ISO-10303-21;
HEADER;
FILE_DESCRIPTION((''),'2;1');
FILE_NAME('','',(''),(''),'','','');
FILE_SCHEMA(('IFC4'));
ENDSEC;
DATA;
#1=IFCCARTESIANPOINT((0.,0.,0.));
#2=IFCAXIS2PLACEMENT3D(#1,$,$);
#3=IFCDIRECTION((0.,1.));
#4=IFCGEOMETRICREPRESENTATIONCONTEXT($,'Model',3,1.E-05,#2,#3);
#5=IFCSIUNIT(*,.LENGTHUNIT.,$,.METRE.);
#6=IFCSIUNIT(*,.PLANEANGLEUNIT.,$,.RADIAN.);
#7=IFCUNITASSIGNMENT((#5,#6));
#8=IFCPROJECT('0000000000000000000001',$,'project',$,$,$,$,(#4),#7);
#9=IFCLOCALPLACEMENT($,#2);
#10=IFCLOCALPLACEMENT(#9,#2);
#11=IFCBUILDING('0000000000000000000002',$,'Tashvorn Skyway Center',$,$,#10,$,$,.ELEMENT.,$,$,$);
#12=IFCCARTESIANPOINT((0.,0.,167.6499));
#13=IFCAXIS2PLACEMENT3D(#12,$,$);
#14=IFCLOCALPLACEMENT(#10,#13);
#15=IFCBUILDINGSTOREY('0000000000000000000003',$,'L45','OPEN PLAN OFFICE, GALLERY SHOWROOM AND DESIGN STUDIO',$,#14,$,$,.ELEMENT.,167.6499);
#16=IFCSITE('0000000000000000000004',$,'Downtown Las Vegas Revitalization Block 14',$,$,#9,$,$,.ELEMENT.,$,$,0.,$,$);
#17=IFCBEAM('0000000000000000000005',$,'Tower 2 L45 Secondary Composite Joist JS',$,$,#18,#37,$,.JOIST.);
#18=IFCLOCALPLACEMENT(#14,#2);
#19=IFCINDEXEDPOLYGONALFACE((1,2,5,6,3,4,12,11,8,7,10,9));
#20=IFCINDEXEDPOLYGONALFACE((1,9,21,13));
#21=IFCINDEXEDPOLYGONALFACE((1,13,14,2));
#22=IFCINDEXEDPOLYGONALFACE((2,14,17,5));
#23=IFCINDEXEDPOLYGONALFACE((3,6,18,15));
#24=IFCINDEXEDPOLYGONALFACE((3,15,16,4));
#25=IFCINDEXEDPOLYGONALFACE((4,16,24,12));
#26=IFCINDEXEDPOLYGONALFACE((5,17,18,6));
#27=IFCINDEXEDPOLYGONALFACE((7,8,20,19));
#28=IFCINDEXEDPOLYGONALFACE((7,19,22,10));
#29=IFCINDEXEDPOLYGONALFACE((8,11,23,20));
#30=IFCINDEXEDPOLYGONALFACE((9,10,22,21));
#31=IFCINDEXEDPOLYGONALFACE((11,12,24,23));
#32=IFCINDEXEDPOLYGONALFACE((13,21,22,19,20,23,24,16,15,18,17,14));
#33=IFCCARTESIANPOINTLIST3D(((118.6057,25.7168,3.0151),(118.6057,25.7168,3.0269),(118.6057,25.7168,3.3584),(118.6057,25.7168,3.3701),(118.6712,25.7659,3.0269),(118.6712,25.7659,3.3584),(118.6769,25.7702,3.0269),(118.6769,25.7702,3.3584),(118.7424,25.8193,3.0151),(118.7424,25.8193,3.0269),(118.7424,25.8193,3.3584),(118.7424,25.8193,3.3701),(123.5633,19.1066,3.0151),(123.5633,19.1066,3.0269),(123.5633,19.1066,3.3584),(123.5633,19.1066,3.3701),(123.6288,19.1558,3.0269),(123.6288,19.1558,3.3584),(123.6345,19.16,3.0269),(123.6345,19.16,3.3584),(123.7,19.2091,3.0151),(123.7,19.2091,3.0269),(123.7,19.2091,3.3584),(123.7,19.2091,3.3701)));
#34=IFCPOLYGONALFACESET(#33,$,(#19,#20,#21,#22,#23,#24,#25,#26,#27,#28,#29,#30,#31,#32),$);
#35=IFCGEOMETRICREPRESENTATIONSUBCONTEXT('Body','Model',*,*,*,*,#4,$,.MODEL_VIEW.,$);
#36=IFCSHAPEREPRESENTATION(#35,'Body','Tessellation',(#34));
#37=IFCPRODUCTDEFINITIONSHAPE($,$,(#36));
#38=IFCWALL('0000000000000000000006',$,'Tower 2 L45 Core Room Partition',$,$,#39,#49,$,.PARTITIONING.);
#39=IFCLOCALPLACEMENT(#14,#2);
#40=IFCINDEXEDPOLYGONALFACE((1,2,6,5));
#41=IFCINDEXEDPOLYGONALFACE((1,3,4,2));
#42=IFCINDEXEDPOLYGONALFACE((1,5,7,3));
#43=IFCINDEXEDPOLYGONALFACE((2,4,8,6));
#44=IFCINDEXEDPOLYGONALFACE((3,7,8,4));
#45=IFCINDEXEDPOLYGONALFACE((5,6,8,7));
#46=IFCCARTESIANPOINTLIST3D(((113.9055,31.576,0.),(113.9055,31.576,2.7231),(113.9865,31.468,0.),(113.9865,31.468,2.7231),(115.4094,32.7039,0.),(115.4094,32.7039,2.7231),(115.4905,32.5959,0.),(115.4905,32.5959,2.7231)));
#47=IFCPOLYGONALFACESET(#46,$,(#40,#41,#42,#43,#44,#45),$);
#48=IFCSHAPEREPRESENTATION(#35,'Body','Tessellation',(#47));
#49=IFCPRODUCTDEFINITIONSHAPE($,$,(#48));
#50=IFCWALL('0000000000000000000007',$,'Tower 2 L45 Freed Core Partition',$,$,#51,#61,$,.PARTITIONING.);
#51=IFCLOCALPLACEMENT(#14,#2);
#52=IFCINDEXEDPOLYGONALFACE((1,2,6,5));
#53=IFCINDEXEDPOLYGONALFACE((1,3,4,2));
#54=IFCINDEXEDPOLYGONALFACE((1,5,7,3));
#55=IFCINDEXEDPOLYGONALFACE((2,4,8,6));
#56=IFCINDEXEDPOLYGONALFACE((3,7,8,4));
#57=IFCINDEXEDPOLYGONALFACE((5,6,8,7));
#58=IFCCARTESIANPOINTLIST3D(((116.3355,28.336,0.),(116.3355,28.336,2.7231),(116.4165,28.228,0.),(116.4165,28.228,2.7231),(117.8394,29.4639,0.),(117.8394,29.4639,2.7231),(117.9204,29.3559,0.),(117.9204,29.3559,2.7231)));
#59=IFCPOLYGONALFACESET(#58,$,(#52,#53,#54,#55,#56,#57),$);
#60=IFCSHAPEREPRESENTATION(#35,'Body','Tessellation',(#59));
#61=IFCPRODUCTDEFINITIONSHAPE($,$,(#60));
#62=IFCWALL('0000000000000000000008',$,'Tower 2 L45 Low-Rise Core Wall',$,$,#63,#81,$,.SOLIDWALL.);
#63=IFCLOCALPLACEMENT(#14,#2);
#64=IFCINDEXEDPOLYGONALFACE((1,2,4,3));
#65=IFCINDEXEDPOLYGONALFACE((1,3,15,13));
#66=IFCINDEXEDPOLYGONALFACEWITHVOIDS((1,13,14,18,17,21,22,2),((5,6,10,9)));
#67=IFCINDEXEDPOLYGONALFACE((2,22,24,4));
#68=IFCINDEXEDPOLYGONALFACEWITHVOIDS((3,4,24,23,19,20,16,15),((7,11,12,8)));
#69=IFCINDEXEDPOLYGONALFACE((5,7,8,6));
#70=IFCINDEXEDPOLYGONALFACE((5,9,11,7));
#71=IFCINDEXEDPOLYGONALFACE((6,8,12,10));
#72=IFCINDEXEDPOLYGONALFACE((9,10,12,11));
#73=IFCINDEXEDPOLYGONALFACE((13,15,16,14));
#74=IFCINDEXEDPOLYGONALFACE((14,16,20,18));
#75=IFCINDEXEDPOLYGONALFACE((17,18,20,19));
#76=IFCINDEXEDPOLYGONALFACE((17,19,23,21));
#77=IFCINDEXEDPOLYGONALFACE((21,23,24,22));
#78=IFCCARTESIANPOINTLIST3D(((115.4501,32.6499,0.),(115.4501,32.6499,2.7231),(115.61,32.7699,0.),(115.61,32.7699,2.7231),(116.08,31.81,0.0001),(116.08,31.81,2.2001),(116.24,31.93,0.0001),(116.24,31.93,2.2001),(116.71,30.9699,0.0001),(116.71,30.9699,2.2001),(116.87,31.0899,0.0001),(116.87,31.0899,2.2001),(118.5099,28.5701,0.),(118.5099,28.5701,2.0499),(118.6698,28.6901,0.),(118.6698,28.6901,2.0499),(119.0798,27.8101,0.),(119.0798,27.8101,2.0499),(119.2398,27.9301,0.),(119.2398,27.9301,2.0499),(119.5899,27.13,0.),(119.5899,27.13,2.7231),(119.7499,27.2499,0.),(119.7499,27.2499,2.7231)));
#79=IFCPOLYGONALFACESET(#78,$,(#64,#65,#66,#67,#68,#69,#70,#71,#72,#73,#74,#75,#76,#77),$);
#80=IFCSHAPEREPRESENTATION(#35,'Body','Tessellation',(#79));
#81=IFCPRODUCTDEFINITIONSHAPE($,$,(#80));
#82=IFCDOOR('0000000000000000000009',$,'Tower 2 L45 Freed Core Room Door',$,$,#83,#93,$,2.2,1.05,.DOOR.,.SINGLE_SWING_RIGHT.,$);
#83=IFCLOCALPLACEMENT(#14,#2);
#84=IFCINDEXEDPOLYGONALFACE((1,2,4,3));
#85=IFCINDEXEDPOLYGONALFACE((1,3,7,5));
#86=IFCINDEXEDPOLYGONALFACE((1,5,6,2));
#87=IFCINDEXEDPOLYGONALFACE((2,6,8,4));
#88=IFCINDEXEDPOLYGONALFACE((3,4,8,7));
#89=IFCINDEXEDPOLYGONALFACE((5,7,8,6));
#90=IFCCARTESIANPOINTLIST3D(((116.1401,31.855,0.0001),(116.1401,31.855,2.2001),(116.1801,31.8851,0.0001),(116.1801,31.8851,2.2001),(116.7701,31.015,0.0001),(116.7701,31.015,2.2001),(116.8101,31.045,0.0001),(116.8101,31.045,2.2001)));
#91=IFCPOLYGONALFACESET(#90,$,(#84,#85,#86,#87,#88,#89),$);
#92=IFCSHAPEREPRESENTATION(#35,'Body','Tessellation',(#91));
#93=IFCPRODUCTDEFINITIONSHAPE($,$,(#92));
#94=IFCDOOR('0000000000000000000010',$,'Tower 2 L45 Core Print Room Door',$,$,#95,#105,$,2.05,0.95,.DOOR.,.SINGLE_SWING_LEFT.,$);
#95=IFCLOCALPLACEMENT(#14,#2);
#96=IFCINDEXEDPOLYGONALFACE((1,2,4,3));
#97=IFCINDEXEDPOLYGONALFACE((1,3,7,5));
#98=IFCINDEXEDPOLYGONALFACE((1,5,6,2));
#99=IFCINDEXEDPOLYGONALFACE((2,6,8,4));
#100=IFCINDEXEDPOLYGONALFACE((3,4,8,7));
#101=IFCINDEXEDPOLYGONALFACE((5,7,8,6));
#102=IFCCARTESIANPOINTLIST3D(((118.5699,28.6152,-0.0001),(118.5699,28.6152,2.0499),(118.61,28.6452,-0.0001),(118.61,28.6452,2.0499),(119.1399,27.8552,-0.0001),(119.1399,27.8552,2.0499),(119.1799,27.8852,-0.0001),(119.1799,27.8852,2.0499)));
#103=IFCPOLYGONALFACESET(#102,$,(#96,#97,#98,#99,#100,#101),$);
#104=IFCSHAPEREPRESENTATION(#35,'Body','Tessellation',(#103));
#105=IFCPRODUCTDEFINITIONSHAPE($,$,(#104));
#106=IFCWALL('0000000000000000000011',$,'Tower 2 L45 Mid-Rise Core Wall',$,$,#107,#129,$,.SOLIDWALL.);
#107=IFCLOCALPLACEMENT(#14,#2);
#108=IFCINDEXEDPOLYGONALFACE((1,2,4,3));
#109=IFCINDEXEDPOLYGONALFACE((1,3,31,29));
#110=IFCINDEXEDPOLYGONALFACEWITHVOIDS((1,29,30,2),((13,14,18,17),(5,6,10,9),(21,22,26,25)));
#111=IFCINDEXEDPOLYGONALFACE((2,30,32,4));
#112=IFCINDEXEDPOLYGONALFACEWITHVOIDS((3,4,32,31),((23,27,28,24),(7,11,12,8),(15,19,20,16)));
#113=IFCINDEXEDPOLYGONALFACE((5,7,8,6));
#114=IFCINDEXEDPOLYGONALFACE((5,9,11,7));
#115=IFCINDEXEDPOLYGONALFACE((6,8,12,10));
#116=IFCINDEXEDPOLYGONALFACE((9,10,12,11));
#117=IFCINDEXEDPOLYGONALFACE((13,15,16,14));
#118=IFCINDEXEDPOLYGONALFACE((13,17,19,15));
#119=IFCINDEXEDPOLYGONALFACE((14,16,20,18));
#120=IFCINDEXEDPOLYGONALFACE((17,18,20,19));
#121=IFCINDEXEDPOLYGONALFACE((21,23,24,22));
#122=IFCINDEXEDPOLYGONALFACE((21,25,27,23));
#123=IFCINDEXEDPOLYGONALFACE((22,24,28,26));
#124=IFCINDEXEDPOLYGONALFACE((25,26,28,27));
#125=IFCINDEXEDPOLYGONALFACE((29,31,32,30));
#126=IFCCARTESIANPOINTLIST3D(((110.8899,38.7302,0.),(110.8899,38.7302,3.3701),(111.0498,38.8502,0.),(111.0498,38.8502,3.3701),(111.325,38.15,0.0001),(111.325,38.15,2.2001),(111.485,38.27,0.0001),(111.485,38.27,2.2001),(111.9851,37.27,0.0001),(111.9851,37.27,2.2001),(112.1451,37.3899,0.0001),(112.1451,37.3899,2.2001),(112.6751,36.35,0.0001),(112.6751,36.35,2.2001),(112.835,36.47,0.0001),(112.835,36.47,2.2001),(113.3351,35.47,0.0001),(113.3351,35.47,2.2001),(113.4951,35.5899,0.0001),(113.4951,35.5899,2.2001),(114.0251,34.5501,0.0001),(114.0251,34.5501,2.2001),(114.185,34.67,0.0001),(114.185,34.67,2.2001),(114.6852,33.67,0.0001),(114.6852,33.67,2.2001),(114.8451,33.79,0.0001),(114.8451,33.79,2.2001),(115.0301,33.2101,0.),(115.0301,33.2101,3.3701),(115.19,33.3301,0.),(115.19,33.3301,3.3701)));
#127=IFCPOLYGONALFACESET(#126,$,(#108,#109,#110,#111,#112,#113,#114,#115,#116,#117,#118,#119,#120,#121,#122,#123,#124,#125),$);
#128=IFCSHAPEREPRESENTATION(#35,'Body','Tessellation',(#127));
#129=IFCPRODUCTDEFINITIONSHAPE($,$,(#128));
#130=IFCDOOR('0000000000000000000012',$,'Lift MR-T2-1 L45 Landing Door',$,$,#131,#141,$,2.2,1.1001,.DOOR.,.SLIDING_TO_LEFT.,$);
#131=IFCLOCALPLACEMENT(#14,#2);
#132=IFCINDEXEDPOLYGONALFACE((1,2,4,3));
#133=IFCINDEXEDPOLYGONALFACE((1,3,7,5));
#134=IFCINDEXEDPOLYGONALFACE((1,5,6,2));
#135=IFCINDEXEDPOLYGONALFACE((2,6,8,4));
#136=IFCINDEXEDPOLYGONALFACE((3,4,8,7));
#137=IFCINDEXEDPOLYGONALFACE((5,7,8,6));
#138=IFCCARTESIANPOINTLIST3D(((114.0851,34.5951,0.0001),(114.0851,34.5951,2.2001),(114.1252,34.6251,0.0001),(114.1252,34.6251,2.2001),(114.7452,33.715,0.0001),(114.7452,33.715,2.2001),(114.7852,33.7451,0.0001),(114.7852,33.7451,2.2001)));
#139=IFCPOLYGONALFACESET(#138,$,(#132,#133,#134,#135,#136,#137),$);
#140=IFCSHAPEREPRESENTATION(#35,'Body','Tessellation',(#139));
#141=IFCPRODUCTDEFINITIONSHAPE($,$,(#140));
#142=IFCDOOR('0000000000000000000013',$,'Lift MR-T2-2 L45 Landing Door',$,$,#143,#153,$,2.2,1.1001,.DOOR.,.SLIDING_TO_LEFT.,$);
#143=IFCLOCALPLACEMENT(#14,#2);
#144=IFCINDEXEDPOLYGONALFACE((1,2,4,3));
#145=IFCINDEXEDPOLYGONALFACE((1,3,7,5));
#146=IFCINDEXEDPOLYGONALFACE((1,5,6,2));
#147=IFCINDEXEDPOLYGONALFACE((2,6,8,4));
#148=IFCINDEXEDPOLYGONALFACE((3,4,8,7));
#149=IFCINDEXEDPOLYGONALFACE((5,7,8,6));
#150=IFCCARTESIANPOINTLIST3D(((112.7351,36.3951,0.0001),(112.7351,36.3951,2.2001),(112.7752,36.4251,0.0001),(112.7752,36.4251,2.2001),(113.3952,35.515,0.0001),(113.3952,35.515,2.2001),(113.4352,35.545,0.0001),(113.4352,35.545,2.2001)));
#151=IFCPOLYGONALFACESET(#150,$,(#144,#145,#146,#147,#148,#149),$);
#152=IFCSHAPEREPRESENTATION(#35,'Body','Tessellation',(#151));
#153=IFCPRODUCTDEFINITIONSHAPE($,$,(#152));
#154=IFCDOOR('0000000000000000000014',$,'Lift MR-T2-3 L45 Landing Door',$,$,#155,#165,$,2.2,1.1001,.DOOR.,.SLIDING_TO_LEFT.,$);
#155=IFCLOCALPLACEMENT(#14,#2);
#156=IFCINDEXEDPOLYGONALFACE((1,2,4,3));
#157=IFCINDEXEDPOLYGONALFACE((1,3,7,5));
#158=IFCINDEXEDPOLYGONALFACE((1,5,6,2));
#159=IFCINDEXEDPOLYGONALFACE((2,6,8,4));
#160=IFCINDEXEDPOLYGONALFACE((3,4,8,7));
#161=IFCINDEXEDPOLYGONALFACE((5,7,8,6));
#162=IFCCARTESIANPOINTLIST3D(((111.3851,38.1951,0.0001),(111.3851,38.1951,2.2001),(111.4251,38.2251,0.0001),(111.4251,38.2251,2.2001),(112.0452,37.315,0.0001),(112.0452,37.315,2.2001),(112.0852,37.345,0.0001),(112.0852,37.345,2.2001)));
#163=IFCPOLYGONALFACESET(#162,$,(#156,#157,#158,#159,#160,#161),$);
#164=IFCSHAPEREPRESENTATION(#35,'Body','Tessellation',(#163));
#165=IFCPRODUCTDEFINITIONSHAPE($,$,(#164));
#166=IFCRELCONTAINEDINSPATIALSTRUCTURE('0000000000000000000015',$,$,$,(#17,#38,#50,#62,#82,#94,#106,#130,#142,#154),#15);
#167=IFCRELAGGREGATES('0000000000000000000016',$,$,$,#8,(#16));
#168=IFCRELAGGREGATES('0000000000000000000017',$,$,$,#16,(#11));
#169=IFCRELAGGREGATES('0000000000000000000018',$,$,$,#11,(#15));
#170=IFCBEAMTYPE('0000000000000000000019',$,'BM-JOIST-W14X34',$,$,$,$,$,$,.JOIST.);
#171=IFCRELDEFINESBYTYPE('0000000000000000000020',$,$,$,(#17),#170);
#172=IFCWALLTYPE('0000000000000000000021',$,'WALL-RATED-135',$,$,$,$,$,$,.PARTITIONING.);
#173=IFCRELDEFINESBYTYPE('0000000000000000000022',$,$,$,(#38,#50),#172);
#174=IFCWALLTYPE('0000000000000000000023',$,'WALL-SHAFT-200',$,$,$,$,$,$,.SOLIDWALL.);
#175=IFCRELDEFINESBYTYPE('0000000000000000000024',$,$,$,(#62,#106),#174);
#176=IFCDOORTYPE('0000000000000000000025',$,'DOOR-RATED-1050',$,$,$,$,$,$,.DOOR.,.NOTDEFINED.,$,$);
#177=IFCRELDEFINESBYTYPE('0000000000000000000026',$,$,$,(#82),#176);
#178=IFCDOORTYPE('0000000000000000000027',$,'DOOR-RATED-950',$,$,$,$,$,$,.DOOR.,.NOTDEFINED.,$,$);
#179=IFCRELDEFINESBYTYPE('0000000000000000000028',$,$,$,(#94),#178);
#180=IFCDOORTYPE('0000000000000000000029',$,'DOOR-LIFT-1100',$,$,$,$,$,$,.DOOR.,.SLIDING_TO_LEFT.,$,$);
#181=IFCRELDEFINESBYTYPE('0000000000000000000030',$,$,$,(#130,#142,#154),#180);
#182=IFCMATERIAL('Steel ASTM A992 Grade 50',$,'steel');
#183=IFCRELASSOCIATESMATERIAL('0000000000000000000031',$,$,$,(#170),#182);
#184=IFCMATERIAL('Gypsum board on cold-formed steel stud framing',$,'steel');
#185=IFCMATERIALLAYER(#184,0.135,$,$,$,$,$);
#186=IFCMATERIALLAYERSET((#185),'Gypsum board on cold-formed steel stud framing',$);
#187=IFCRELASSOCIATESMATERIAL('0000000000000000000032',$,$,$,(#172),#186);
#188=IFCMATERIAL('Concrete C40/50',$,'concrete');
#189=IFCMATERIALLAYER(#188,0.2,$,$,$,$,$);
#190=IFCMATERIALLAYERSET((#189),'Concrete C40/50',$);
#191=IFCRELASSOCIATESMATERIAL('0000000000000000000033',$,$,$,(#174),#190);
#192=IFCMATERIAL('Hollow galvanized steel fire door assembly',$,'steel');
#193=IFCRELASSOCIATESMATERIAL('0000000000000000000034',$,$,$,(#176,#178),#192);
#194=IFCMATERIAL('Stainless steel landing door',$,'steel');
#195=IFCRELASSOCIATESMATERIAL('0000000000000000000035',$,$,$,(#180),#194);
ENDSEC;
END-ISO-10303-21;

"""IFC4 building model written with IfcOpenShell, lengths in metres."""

from ifc_helpers import new_model, si_unit, direction, frame, frame_2d, origin, origin_2d, place, context, subcontext, project, spatial, rectangle, i_section, extrude, material, layer, layer_set, material_profile, profile_set, type_object, element, fill, save


model = new_model("IFC4")

# Units and contexts
model_context = context("Model", 3, precision=1e-05, world=origin(), true_north=direction((0.0, 1.0)))
body_context = subcontext(model_context, "Body", "Model", "MODEL_VIEW")
ifc_project = project(units=[si_unit("LENGTHUNIT", "METRE"), si_unit("PLANEANGLEUNIT", "RADIAN")], contexts=[model_context])

# Site, building, storey
site_placement = place(None, origin())
site = spatial("IfcSite", under=ifc_project, at=site_placement, Name="Downtown Las Vegas Revitalization Block 14", CompositionType="ELEMENT", RefElevation=0.0)
building_placement = place(site_placement, origin())
building = spatial("IfcBuilding", under=site, at=building_placement, Name="Tashvorn Skyway Center", CompositionType="ELEMENT")
storey_placement = place(building_placement, frame((0.0, 0.0, 167.6499)))
storey = spatial("IfcBuildingStorey", under=building, at=storey_placement, Name="L45", Description="OPEN PLAN OFFICE, GALLERY SHOWROOM AND DESIGN STUDIO", CompositionType="ELEMENT", Elevation=167.6499)

# Beam
ifc_material_1 = material(Name="Steel ASTM A992 Grade 50", Category="steel")
ifc_material_profile = material_profile(ifc_material_1, i_section(OverallWidth=0.1709, OverallDepth=0.355, WebThickness=0.0071, FlangeThickness=0.0117, at=origin_2d()), Name="W14X34")
ifc_profile_set = profile_set([ifc_material_profile], Name="Steel ASTM A992 Grade 50")
beam_type = type_object("IfcBeamType", Name="BM-JOIST-W14X34", PredefinedType="JOIST", material=ifc_profile_set)
beam_placement = place(storey_placement, frame((118.6741, 25.7681, 3.1926), z_axis=(0.599995, -0.800004, 0.0), x_axis=(0.800004, 0.599995, 0.0)))
element("IfcBeam", 1, at=beam_placement, inside=storey, type_object=beam_type, Name="Tower 2 L45 Secondary Composite Joist JS", PredefinedType="JOIST", context=body_context, shape_type="SweptSolid", body=[
    extrude(i_section(OverallWidth=0.1709, OverallDepth=0.355, WebThickness=0.0071, FlangeThickness=0.0117, at=origin_2d()), origin(), (0.0, 0.0, 1.0), 8.2627),
])

# Walls
ifc_material_2 = material(Name="Gypsum board on cold-formed steel stud framing", Category="steel")
ifc_layer_1 = layer(ifc_material_2, 0.135)
ifc_layer_set_1 = layer_set([ifc_layer_1], Name="Gypsum board on cold-formed steel stud framing")
wall_type_1 = type_object("IfcWallType", Name="WALL-RATED-135", PredefinedType="PARTITIONING", material=ifc_layer_set_1)
for number, where, z_axis, x_axis, name in (
    (2, (113.946, 31.522, 0.0), (0.0, 0.0, 1.0), (0.8, 0.6, 0.0), "Tower 2 L45 Core Room Partition"),
    (3, (116.376, 28.282, 0.0), (0.0, 0.0, 1.0), (0.8, 0.6, 0.0), "Tower 2 L45 Freed Core Partition"),
):
    element("IfcWall", number, at=place(storey_placement, frame(where, z_axis=z_axis, x_axis=x_axis)), inside=storey, type_object=wall_type_1, Name=name, PredefinedType="PARTITIONING", context=body_context, shape_type="SweptSolid", body=[
        extrude(rectangle(XDim=1.8799, YDim=0.135, at=frame_2d((0.9399, 0.0))), origin(), (0.0, 0.0, 1.0), 2.7231),
    ])

# Walls, openings, doors
ifc_material_3 = material(Name="Concrete C40/50", Category="concrete")
ifc_layer_2 = layer(ifc_material_3, 0.2)
ifc_layer_set_2 = layer_set([ifc_layer_2], Name="Concrete C40/50")
wall_type_2 = type_object("IfcWallType", Name="WALL-SHAFT-200", PredefinedType="SOLIDWALL", material=ifc_layer_set_2)
wall_1_placement = place(storey_placement, frame((119.6699, 27.1899, 0.0), z_axis=(0.0, 0.0, 1.0), x_axis=(-0.599989, 0.800008, 0.0)))
wall_1 = element("IfcWall", 4, at=wall_1_placement, inside=storey, type_object=wall_type_2, Name="Tower 2 L45 Low-Rise Core Wall", PredefinedType="SOLIDWALL", context=body_context, shape_type="SweptSolid", body=[
    extrude(rectangle(XDim=6.8999, YDim=0.2, at=frame_2d((3.45, 0.0))), origin(), (0.0, 0.0, 1.0), 2.7231),
])
opening_1_placement = place(wall_1_placement, frame((0.8501, 0.0, 0.0)))
opening_1 = element("IfcOpeningElement", 5, at=opening_1_placement, cuts=wall_1, PredefinedType="OPENING", context=body_context, shape_type="SweptSolid", body=[
    extrude(rectangle(XDim=0.95, YDim=2.05, at=frame_2d((0.4751, 1.0249))), frame((0.0, 0.1099, 0.0), z_axis=(0.0, -1.0, 0.0), x_axis=(1.0, 0.0, 0.0)), (0.0, 0.0, 1.0), 0.22),
])
opening_2_placement = place(wall_1_placement, frame((4.8, 0.0, 0.0)))
opening_2 = element("IfcOpeningElement", 6, at=opening_2_placement, cuts=wall_1, PredefinedType="OPENING", context=body_context, shape_type="SweptSolid", body=[
    extrude(rectangle(XDim=1.05, YDim=2.2, at=frame_2d((0.5249, 1.1001))), frame((0.0, 0.1099, 0.0), z_axis=(0.0, -1.0, 0.0), x_axis=(1.0, 0.0, 0.0)), (0.0, 0.0, 1.0), 0.22),
])
ifc_material_4 = material(Name="Hollow galvanized steel fire door assembly", Category="steel")
door_type_1 = type_object("IfcDoorType", Name="DOOR-RATED-1050", OperationType="NOTDEFINED", PredefinedType="DOOR", material=ifc_material_4)
door_1_placement = place(opening_2_placement, origin())
door_1 = element("IfcDoor", 7, at=door_1_placement, inside=storey, type_object=door_type_1, Name="Tower 2 L45 Freed Core Room Door", OperationType="SINGLE_SWING_RIGHT", OverallHeight=2.2, OverallWidth=1.05, PredefinedType="DOOR", context=body_context, shape_type="SweptSolid", body=[
    extrude(rectangle(XDim=1.05, YDim=2.2, at=frame_2d((0.5249, 1.1001))), frame((0.0, 0.0249, 0.0), z_axis=(0.0, -1.0, 0.0), x_axis=(1.0, 0.0, 0.0)), (0.0, 0.0, 1.0), 0.05),
])
fill(opening_2, door_1)
door_type_2 = type_object("IfcDoorType", Name="DOOR-RATED-950", OperationType="NOTDEFINED", PredefinedType="DOOR", material=ifc_material_4)
door_2_placement = place(opening_1_placement, origin())
door_2 = element("IfcDoor", 8, at=door_2_placement, inside=storey, type_object=door_type_2, Name="Tower 2 L45 Core Print Room Door", OperationType="SINGLE_SWING_LEFT", OverallHeight=2.05, OverallWidth=0.95, PredefinedType="DOOR", context=body_context, shape_type="SweptSolid", body=[
    extrude(rectangle(XDim=0.95, YDim=2.05, at=frame_2d((0.4751, 1.0249))), frame((0.0, 0.0249, 0.0), z_axis=(0.0, -1.0, 0.0), x_axis=(1.0, 0.0, 0.0)), (0.0, 0.0, 1.0), 0.05),
])
fill(opening_1, door_2)
wall_2_placement = place(storey_placement, frame((115.1101, 33.27, 0.0), z_axis=(0.0, 0.0, 1.0), x_axis=(-0.600011, 0.799992, 0.0)))
wall_2 = element("IfcWall", 9, at=wall_2_placement, inside=storey, type_object=wall_type_2, Name="Tower 2 L45 Mid-Rise Core Wall", PredefinedType="SOLIDWALL", context=body_context, shape_type="SweptSolid", body=[
    extrude(rectangle(XDim=6.9001, YDim=0.2, at=frame_2d((3.4502, 0.0))), origin(), (0.0, 0.0, 1.0), 3.3701),
])
opening_3_placement = place(wall_2_placement, frame((0.575, 0.0, 0.0)))
opening_3 = element("IfcOpeningElement", 10, at=opening_3_placement, cuts=wall_2, PredefinedType="OPENING", context=body_context, shape_type="SweptSolid", body=[
    extrude(rectangle(XDim=1.1001, YDim=2.2, at=frame_2d((0.55, 1.1001))), frame((0.0, 0.1099, 0.0), z_axis=(0.0, -1.0, 0.0), x_axis=(1.0, 0.0, 0.0)), (0.0, 0.0, 1.0), 0.22),
])
opening_4_placement = place(wall_2_placement, frame((2.825, 0.0, 0.0)))
opening_4 = element("IfcOpeningElement", 11, at=opening_4_placement, cuts=wall_2, PredefinedType="OPENING", context=body_context, shape_type="SweptSolid", body=[
    extrude(rectangle(XDim=1.1001, YDim=2.2, at=frame_2d((0.55, 1.1001))), frame((0.0, 0.1099, 0.0), z_axis=(0.0, -1.0, 0.0), x_axis=(1.0, 0.0, 0.0)), (0.0, 0.0, 1.0), 0.22),
])
opening_5_placement = place(wall_2_placement, frame((5.075, 0.0, 0.0)))
opening_5 = element("IfcOpeningElement", 12, at=opening_5_placement, cuts=wall_2, PredefinedType="OPENING", context=body_context, shape_type="SweptSolid", body=[
    extrude(rectangle(XDim=1.1001, YDim=2.2, at=frame_2d((0.55, 1.1001))), frame((0.0, 0.1099, 0.0), z_axis=(0.0, -1.0, 0.0), x_axis=(1.0, 0.0, 0.0)), (0.0, 0.0, 1.0), 0.22),
])
ifc_material_5 = material(Name="Stainless steel landing door", Category="steel")
door_type_3 = type_object("IfcDoorType", Name="DOOR-LIFT-1100", OperationType="SLIDING_TO_LEFT", PredefinedType="DOOR", material=ifc_material_5)
door_3_placement = place(opening_3_placement, origin())
door_3 = element("IfcDoor", 13, at=door_3_placement, inside=storey, type_object=door_type_3, Name="Lift MR-T2-1 L45 Landing Door", OperationType="SLIDING_TO_LEFT", OverallHeight=2.2, OverallWidth=1.1001, PredefinedType="DOOR", context=body_context, shape_type="SweptSolid", body=[
    extrude(rectangle(XDim=1.1001, YDim=2.2, at=frame_2d((0.55, 1.1001))), frame((0.0, 0.0249, 0.0), z_axis=(0.0, -1.0, 0.0), x_axis=(1.0, 0.0, 0.0)), (0.0, 0.0, 1.0), 0.05),
])
fill(opening_3, door_3)
door_4_placement = place(opening_4_placement, origin())
door_4 = element("IfcDoor", 14, at=door_4_placement, inside=storey, type_object=door_type_3, Name="Lift MR-T2-2 L45 Landing Door", OperationType="SLIDING_TO_LEFT", OverallHeight=2.2, OverallWidth=1.1001, PredefinedType="DOOR", context=body_context, shape_type="SweptSolid", body=[
    extrude(rectangle(XDim=1.1001, YDim=2.2, at=frame_2d((0.55, 1.1001))), frame((0.0, 0.0249, 0.0), z_axis=(0.0, -1.0, 0.0), x_axis=(1.0, 0.0, 0.0)), (0.0, 0.0, 1.0), 0.05),
])
fill(opening_4, door_4)
door_5_placement = place(opening_5_placement, origin())
door_5 = element("IfcDoor", 15, at=door_5_placement, inside=storey, type_object=door_type_3, Name="Lift MR-T2-3 L45 Landing Door", OperationType="SLIDING_TO_LEFT", OverallHeight=2.2, OverallWidth=1.1001, PredefinedType="DOOR", context=body_context, shape_type="SweptSolid", body=[
    extrude(rectangle(XDim=1.1001, YDim=2.2, at=frame_2d((0.55, 1.1001))), frame((0.0, 0.0249, 0.0), z_axis=(0.0, -1.0, 0.0), x_axis=(1.0, 0.0, 0.0)), (0.0, 0.0, 1.0), 0.05),
])
fill(opening_5, door_5)

save(model, "model.ifc")
